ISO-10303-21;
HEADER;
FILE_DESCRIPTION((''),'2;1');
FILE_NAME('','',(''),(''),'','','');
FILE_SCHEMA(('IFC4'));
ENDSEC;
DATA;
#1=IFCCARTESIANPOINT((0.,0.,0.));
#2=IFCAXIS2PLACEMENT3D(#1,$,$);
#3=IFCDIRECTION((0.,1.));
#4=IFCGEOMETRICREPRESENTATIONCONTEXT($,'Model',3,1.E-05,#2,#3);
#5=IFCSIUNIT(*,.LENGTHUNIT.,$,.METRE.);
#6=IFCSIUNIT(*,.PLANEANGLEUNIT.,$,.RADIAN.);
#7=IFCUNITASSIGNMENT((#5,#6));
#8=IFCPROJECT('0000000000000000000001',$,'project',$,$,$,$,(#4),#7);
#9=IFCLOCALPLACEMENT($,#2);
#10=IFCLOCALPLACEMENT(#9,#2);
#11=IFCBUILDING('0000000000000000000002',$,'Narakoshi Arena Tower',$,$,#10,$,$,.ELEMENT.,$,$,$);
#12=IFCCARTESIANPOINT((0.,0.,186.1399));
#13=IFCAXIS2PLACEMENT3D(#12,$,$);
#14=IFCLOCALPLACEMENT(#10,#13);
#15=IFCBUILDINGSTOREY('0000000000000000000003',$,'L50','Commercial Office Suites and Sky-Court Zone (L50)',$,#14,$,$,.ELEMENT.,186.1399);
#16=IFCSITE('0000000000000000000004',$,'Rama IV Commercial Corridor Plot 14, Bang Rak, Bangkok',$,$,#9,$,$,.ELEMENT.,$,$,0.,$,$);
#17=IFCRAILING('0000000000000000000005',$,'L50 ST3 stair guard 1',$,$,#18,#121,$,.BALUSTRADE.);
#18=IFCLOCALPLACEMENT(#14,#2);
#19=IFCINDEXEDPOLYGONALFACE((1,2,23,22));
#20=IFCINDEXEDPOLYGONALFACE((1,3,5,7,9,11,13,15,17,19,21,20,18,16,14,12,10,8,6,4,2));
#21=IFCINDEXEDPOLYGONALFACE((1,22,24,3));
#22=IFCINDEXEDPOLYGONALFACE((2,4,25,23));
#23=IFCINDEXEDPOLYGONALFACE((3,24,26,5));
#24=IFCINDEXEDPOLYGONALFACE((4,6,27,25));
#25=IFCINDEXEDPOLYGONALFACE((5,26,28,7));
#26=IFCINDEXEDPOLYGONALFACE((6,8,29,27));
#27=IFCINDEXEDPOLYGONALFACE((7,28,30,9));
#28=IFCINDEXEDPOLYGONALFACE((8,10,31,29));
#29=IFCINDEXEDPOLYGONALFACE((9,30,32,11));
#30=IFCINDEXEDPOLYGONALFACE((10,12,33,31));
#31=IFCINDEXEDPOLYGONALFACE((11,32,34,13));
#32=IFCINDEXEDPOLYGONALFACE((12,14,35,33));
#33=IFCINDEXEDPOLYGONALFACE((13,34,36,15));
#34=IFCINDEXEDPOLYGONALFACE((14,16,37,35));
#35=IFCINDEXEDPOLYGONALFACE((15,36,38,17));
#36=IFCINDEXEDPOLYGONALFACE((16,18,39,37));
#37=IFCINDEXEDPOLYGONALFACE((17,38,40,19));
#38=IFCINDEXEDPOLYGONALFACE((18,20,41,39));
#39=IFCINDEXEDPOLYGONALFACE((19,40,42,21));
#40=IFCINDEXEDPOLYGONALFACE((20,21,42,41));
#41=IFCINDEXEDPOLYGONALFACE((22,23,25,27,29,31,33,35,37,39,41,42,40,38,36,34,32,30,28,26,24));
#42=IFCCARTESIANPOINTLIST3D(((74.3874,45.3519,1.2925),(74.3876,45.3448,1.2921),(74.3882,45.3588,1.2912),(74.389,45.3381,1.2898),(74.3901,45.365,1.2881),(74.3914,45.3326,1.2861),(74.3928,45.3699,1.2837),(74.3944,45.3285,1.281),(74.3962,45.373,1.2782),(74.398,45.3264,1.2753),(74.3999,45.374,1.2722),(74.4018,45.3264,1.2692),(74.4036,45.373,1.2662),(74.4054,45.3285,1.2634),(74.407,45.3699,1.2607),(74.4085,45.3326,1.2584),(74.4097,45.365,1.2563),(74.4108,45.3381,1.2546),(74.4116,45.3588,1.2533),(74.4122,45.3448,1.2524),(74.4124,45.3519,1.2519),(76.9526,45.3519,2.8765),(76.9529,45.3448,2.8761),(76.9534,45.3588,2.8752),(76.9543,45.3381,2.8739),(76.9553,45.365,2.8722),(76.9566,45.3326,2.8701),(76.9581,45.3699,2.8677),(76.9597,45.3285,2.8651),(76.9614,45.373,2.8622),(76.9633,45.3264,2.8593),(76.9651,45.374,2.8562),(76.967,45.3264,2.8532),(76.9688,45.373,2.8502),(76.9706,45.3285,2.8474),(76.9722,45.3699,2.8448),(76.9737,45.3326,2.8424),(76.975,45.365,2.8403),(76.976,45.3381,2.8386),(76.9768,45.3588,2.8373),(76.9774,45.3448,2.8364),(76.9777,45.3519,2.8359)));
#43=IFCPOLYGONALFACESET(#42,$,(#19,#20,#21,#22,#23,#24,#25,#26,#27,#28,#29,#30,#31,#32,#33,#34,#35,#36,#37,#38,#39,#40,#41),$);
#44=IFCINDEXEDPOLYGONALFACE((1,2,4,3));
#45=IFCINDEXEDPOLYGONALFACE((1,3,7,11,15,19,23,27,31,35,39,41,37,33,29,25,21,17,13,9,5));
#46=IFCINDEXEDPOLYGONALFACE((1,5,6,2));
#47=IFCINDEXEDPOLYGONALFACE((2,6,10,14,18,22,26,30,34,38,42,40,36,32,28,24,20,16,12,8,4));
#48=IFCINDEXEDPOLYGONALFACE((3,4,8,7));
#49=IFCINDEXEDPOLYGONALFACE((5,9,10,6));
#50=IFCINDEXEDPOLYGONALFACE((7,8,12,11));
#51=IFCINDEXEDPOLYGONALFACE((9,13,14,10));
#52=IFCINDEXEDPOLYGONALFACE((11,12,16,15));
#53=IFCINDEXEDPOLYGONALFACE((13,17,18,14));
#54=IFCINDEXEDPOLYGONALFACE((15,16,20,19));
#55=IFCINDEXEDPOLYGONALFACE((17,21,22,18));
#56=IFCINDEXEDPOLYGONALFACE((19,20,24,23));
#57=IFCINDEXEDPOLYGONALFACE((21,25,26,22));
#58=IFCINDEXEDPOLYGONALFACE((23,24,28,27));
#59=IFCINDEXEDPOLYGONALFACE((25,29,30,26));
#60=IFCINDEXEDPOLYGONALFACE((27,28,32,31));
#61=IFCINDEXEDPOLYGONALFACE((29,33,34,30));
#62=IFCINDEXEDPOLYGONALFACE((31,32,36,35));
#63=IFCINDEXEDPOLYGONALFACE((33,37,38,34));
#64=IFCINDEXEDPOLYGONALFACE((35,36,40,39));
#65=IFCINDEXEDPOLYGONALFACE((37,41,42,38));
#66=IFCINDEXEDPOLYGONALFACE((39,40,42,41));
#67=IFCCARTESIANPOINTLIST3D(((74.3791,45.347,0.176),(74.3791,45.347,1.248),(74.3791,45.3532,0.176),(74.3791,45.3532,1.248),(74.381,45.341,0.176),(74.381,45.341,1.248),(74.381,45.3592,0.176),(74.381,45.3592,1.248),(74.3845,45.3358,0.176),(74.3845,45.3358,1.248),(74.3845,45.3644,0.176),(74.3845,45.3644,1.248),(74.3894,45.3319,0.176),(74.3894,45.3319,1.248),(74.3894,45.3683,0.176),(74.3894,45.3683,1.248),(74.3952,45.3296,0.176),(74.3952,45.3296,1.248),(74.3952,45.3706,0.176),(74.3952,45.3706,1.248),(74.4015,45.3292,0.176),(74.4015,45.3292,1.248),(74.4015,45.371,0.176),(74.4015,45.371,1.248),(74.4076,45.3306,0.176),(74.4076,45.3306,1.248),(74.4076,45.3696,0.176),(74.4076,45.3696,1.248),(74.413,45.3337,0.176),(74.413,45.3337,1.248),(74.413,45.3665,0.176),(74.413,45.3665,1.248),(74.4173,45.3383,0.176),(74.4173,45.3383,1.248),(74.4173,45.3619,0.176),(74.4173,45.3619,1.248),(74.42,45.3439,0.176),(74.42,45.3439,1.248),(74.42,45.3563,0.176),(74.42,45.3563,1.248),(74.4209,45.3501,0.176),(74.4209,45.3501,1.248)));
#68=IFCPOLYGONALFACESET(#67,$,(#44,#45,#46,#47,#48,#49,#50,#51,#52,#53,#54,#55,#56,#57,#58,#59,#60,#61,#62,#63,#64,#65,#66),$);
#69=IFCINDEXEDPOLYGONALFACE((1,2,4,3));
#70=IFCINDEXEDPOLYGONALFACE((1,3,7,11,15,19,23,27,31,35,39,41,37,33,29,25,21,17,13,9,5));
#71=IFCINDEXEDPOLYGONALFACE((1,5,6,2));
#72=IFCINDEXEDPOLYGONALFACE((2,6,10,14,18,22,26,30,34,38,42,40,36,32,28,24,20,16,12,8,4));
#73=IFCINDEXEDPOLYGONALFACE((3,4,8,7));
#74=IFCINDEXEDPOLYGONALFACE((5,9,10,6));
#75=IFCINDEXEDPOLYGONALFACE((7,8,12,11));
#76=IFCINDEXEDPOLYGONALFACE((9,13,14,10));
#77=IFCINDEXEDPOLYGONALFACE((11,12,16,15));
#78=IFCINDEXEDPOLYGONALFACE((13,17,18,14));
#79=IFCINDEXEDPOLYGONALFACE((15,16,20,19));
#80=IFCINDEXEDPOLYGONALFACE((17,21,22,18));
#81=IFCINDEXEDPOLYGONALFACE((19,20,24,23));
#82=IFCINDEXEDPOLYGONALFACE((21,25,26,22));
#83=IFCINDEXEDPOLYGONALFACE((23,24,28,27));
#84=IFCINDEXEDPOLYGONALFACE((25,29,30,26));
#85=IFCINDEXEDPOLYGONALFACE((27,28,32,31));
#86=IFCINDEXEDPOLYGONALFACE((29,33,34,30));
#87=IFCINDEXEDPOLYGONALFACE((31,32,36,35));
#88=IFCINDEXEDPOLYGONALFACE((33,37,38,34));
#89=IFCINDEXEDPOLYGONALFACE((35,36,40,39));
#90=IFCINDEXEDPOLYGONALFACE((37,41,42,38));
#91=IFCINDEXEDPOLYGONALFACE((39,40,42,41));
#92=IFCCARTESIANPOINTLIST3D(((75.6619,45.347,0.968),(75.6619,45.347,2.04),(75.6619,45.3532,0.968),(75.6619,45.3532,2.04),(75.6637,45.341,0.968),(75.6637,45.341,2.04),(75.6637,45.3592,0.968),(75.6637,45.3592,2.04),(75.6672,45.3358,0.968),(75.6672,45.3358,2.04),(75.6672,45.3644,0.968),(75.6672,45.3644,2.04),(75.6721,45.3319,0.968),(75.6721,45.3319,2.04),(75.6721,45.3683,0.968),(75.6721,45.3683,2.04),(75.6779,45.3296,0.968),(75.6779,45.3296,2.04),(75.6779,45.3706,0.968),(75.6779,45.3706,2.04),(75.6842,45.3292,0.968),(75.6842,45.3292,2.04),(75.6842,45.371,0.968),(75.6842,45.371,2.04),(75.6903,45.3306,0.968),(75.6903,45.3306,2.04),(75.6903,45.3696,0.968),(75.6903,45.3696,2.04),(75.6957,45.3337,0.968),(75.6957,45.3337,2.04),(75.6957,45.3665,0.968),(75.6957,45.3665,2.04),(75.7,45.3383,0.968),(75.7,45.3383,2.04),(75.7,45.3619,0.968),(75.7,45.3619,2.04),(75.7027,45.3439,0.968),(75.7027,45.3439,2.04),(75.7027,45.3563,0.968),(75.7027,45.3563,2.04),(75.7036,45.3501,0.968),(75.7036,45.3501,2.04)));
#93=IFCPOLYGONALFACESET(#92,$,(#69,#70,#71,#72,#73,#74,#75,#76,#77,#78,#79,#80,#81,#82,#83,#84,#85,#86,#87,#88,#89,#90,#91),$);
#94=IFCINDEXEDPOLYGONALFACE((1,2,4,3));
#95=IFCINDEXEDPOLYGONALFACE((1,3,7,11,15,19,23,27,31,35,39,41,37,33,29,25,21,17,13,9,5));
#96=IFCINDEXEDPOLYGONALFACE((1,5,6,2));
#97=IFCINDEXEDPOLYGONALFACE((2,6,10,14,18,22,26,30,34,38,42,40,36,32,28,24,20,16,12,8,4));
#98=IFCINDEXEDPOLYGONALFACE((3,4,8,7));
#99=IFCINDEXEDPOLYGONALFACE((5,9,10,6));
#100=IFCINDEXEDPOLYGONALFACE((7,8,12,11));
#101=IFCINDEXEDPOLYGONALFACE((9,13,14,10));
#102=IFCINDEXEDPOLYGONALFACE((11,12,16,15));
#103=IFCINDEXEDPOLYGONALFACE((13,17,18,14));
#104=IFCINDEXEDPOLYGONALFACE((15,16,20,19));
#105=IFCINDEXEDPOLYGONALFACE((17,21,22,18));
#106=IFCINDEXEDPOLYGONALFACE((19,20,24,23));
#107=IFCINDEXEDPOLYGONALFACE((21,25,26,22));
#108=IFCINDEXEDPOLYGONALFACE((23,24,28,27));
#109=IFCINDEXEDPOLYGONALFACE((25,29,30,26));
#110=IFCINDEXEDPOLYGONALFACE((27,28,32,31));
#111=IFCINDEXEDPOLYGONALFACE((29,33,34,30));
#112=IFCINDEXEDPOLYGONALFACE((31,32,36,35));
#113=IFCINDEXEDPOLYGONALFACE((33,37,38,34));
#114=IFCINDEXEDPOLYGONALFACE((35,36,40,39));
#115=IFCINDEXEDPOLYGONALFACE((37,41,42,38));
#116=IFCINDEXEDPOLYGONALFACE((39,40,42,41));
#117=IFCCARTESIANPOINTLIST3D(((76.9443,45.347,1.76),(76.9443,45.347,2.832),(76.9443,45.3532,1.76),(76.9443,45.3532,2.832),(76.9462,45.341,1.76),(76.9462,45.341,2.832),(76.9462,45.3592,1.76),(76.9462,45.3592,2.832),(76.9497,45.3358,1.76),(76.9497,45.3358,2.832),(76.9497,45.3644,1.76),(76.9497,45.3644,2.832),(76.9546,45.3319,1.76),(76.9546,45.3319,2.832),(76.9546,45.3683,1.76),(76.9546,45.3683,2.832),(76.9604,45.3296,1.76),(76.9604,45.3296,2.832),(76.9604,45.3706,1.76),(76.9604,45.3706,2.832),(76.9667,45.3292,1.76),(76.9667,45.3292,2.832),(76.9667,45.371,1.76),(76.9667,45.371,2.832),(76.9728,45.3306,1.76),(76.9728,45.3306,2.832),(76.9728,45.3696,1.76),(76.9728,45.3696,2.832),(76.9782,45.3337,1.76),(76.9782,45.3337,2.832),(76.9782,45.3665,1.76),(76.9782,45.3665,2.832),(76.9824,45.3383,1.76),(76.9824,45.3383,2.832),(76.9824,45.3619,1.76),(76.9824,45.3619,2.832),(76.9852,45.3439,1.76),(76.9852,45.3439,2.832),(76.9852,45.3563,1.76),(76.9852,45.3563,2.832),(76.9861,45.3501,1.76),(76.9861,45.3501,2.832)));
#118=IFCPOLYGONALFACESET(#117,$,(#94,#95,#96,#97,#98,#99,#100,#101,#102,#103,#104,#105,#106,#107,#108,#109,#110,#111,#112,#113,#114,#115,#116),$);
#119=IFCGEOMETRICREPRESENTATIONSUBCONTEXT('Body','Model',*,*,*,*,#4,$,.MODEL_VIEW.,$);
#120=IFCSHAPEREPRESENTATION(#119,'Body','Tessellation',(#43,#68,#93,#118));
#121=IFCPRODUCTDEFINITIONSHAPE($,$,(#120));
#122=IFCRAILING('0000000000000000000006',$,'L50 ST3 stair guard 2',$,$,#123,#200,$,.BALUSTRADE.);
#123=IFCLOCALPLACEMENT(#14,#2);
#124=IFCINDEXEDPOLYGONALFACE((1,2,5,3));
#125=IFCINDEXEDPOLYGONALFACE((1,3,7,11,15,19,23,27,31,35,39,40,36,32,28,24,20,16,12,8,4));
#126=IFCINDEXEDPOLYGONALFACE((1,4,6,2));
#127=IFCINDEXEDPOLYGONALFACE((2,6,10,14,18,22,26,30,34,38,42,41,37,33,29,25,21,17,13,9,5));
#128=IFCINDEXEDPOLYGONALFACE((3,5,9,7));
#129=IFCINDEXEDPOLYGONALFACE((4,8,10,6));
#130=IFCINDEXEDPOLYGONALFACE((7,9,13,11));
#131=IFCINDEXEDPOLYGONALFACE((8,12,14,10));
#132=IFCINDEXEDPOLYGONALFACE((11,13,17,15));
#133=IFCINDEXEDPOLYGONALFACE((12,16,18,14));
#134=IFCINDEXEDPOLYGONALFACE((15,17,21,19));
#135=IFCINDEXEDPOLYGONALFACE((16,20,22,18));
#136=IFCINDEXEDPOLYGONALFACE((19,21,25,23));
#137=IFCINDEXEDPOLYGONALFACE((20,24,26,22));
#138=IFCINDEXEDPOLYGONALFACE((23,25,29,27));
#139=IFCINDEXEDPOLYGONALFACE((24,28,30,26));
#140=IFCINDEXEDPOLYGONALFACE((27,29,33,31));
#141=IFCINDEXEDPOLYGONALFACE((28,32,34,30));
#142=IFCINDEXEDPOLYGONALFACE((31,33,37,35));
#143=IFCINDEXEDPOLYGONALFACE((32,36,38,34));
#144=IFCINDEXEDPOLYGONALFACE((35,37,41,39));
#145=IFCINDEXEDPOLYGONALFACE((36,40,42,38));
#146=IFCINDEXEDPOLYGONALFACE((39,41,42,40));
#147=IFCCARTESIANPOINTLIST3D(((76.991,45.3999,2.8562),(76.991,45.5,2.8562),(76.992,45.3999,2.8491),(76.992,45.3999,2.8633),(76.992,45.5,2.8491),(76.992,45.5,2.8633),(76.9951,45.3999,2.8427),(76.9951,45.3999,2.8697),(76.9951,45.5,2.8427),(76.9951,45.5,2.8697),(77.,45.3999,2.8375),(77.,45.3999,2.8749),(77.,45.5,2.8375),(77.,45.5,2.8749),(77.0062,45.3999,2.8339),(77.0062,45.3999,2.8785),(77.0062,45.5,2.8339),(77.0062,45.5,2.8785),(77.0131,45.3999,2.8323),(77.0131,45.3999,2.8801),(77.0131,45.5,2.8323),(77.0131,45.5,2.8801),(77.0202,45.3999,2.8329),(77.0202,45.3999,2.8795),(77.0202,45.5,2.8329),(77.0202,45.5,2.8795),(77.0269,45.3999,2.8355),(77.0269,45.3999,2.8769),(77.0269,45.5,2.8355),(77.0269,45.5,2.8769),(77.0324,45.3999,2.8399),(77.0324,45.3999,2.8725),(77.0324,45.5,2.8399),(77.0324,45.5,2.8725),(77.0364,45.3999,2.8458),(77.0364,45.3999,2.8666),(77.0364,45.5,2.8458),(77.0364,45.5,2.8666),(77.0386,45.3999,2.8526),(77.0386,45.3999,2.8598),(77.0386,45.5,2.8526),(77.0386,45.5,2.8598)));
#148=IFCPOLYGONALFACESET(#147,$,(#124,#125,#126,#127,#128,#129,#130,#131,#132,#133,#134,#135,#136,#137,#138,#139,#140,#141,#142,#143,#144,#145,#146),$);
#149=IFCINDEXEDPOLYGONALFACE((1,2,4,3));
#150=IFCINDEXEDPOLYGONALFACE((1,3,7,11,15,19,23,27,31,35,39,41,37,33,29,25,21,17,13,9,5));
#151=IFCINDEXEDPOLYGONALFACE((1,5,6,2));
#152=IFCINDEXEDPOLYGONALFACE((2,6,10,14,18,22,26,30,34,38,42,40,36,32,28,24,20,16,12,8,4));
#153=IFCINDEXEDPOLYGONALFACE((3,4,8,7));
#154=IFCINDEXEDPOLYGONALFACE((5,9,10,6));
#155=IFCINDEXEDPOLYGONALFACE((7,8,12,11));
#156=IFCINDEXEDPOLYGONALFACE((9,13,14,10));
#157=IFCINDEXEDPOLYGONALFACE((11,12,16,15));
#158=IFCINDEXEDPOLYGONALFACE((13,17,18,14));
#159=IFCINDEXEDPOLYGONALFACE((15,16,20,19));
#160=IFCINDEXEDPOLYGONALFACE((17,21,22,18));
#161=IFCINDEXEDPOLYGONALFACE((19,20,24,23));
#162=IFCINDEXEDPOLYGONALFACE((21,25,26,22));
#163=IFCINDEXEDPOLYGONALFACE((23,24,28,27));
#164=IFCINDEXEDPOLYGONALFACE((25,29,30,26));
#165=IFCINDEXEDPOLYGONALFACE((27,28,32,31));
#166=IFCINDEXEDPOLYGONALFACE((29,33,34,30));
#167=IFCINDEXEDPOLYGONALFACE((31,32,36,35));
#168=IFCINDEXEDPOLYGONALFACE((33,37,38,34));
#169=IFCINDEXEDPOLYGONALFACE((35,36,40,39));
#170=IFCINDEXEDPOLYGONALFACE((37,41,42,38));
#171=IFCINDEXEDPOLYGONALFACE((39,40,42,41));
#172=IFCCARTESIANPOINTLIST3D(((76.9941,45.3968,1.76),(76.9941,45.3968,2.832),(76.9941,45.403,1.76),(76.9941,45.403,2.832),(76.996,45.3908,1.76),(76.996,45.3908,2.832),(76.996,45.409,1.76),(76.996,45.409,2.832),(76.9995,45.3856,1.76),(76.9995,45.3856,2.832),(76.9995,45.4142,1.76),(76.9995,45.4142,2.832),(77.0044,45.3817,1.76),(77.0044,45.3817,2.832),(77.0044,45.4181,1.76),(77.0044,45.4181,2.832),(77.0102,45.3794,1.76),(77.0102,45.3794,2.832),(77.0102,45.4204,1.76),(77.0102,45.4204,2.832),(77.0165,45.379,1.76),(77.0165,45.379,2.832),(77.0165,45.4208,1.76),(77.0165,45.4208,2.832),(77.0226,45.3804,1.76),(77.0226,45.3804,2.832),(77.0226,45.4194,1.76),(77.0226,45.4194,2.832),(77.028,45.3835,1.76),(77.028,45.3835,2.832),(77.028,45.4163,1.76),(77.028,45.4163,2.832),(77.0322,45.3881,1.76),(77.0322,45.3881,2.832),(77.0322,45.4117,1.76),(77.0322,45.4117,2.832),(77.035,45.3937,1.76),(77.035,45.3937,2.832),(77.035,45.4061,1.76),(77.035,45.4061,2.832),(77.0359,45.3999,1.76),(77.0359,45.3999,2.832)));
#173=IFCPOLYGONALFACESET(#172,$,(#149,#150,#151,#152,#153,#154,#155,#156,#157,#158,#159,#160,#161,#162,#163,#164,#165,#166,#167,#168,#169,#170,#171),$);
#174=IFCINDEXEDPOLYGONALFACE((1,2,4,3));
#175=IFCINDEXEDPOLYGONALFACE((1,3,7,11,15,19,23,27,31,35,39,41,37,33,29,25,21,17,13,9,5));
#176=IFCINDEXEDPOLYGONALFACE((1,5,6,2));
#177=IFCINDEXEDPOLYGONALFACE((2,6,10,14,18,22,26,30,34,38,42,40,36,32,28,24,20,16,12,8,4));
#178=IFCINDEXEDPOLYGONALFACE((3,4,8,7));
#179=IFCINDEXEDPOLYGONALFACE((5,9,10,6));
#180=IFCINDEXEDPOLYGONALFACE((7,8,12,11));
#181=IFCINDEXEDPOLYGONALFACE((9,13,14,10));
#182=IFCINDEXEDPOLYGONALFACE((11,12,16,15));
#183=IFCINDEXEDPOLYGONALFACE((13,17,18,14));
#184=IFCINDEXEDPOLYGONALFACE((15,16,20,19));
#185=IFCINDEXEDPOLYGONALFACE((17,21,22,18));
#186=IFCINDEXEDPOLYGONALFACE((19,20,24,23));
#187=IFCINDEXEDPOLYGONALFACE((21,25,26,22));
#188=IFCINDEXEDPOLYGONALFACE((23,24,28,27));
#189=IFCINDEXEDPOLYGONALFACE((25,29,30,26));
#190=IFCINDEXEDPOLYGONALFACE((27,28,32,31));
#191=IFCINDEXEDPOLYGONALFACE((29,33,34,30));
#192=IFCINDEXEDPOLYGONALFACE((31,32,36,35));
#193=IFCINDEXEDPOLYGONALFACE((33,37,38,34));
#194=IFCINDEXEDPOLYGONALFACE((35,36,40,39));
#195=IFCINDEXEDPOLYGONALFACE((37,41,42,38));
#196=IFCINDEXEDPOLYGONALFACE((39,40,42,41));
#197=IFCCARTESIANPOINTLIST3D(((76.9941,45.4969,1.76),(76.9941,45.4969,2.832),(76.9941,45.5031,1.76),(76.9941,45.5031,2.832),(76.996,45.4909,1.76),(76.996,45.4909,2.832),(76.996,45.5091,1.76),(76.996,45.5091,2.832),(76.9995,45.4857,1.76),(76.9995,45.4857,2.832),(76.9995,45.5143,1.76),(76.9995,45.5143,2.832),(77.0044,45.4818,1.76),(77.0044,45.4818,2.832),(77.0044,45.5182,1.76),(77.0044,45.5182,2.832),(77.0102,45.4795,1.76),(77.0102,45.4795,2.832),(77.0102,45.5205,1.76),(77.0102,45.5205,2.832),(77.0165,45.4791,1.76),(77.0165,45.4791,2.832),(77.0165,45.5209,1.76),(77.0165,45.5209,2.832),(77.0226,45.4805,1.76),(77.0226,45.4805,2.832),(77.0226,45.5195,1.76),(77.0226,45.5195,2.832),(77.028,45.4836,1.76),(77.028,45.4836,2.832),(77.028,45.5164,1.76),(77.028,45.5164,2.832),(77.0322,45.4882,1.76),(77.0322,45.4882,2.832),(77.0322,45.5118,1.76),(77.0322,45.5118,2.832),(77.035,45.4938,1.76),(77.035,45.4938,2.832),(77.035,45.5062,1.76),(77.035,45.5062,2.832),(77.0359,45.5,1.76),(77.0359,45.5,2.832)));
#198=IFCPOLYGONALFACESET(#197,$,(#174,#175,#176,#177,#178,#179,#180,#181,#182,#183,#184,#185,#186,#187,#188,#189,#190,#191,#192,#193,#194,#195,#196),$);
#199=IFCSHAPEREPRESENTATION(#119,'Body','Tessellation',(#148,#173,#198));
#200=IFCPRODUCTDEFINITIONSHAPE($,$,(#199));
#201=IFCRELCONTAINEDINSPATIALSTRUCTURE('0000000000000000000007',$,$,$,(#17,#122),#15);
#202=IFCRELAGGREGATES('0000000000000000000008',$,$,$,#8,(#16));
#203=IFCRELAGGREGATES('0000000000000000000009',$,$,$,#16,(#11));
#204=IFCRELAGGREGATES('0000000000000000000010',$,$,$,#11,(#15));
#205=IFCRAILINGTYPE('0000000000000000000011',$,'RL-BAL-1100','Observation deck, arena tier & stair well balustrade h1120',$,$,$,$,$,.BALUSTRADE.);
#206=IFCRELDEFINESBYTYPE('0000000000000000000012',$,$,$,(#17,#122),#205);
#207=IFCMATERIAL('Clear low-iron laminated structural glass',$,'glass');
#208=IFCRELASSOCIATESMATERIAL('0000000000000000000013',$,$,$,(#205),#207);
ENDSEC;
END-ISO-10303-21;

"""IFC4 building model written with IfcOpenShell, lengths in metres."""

from ifc_helpers import new_model, si_unit, direction, frame, origin, origin_2d, place, context, subcontext, project, spatial, circle, extrude, material, type_object, element, save


model = new_model("IFC4")

# Units and contexts
model_context = context("Model", 3, precision=1e-05, world=origin(), true_north=direction((0.0, 1.0)))
body_context = subcontext(model_context, "Body", "Model", "MODEL_VIEW")
ifc_project = project(units=[si_unit("LENGTHUNIT", "METRE"), si_unit("PLANEANGLEUNIT", "RADIAN")], contexts=[model_context])

# Site, building, storey
site_placement = place(None, origin())
site = spatial("IfcSite", under=ifc_project, at=site_placement, Name="Rama IV Commercial Corridor Plot 14, Bang Rak, Bangkok", CompositionType="ELEMENT", RefElevation=0.0)
building_placement = place(site_placement, origin())
building = spatial("IfcBuilding", under=site, at=building_placement, Name="Narakoshi Arena Tower", CompositionType="ELEMENT")
storey_placement = place(building_placement, frame((0.0, 0.0, 186.1399)))
storey = spatial("IfcBuildingStorey", under=building, at=storey_placement, Name="L50", Description="Commercial Office Suites and Sky-Court Zone (L50)", CompositionType="ELEMENT", Elevation=186.1399)

# Railings
ifc_material_1 = material(Name="Clear low-iron laminated structural glass", Category="glass")
railing_type_1 = type_object("IfcRailingType", Name="RL-BAL-1100", Description="Observation deck, arena tier & stair well balustrade h1120", PredefinedType="BALUSTRADE", material=ifc_material_1)
railing_1_placement = place(storey_placement, frame((74.3999, 45.3501, 0.176)))
element("IfcRailing", 1, at=railing_1_placement, inside=storey, type_object=railing_type_1, Name="L50 ST3 stair guard 1", PredefinedType="BALUSTRADE", context=body_context, shape_type="SweptSolid", body=[
    extrude(circle(Radius=0.0239, at=origin_2d()), frame((0.0, 0.0, 1.0962), z_axis=(0.850857, 0.0, 0.525398), x_axis=(0.0, 1.0, 0.0)), (0.0, 0.0, 1.0), 3.0149),
    extrude(circle(Radius=0.021, at=origin_2d()), origin(), (0.0, 0.0, 1.0), 1.072),
    extrude(circle(Radius=0.021, at=origin_2d()), frame((1.2827, 0.0, 0.792)), (0.0, 0.0, 1.0), 1.072),
    extrude(circle(Radius=0.021, at=origin_2d()), frame((2.5652, 0.0, 1.584)), (0.0, 0.0, 1.0), 1.072),
])
for number, where, name in (
    (2, (77.0149, 45.3999, 1.76), "L50 ST3 stair guard 2"),
):
    element("IfcRailing", number, at=place(storey_placement, frame(where)), inside=storey, type_object=railing_type_1, Name=name, PredefinedType="BALUSTRADE", context=body_context, shape_type="SweptSolid", body=[
        extrude(circle(Radius=0.0239, at=origin_2d()), frame((0.0, 0.0, 1.0962), z_axis=(0.0, 1.0, 0.0), x_axis=(-1.0, 0.0, 0.0)), (0.0, 0.0, 1.0), 0.1001),
        extrude(circle(Radius=0.021, at=origin_2d()), origin(), (0.0, 0.0, 1.0), 1.072),
        extrude(circle(Radius=0.021, at=origin_2d()), frame((0.0, 0.1001, 0.0)), (0.0, 0.0, 1.0), 1.072),
    ])

save(model, "model.ifc")
